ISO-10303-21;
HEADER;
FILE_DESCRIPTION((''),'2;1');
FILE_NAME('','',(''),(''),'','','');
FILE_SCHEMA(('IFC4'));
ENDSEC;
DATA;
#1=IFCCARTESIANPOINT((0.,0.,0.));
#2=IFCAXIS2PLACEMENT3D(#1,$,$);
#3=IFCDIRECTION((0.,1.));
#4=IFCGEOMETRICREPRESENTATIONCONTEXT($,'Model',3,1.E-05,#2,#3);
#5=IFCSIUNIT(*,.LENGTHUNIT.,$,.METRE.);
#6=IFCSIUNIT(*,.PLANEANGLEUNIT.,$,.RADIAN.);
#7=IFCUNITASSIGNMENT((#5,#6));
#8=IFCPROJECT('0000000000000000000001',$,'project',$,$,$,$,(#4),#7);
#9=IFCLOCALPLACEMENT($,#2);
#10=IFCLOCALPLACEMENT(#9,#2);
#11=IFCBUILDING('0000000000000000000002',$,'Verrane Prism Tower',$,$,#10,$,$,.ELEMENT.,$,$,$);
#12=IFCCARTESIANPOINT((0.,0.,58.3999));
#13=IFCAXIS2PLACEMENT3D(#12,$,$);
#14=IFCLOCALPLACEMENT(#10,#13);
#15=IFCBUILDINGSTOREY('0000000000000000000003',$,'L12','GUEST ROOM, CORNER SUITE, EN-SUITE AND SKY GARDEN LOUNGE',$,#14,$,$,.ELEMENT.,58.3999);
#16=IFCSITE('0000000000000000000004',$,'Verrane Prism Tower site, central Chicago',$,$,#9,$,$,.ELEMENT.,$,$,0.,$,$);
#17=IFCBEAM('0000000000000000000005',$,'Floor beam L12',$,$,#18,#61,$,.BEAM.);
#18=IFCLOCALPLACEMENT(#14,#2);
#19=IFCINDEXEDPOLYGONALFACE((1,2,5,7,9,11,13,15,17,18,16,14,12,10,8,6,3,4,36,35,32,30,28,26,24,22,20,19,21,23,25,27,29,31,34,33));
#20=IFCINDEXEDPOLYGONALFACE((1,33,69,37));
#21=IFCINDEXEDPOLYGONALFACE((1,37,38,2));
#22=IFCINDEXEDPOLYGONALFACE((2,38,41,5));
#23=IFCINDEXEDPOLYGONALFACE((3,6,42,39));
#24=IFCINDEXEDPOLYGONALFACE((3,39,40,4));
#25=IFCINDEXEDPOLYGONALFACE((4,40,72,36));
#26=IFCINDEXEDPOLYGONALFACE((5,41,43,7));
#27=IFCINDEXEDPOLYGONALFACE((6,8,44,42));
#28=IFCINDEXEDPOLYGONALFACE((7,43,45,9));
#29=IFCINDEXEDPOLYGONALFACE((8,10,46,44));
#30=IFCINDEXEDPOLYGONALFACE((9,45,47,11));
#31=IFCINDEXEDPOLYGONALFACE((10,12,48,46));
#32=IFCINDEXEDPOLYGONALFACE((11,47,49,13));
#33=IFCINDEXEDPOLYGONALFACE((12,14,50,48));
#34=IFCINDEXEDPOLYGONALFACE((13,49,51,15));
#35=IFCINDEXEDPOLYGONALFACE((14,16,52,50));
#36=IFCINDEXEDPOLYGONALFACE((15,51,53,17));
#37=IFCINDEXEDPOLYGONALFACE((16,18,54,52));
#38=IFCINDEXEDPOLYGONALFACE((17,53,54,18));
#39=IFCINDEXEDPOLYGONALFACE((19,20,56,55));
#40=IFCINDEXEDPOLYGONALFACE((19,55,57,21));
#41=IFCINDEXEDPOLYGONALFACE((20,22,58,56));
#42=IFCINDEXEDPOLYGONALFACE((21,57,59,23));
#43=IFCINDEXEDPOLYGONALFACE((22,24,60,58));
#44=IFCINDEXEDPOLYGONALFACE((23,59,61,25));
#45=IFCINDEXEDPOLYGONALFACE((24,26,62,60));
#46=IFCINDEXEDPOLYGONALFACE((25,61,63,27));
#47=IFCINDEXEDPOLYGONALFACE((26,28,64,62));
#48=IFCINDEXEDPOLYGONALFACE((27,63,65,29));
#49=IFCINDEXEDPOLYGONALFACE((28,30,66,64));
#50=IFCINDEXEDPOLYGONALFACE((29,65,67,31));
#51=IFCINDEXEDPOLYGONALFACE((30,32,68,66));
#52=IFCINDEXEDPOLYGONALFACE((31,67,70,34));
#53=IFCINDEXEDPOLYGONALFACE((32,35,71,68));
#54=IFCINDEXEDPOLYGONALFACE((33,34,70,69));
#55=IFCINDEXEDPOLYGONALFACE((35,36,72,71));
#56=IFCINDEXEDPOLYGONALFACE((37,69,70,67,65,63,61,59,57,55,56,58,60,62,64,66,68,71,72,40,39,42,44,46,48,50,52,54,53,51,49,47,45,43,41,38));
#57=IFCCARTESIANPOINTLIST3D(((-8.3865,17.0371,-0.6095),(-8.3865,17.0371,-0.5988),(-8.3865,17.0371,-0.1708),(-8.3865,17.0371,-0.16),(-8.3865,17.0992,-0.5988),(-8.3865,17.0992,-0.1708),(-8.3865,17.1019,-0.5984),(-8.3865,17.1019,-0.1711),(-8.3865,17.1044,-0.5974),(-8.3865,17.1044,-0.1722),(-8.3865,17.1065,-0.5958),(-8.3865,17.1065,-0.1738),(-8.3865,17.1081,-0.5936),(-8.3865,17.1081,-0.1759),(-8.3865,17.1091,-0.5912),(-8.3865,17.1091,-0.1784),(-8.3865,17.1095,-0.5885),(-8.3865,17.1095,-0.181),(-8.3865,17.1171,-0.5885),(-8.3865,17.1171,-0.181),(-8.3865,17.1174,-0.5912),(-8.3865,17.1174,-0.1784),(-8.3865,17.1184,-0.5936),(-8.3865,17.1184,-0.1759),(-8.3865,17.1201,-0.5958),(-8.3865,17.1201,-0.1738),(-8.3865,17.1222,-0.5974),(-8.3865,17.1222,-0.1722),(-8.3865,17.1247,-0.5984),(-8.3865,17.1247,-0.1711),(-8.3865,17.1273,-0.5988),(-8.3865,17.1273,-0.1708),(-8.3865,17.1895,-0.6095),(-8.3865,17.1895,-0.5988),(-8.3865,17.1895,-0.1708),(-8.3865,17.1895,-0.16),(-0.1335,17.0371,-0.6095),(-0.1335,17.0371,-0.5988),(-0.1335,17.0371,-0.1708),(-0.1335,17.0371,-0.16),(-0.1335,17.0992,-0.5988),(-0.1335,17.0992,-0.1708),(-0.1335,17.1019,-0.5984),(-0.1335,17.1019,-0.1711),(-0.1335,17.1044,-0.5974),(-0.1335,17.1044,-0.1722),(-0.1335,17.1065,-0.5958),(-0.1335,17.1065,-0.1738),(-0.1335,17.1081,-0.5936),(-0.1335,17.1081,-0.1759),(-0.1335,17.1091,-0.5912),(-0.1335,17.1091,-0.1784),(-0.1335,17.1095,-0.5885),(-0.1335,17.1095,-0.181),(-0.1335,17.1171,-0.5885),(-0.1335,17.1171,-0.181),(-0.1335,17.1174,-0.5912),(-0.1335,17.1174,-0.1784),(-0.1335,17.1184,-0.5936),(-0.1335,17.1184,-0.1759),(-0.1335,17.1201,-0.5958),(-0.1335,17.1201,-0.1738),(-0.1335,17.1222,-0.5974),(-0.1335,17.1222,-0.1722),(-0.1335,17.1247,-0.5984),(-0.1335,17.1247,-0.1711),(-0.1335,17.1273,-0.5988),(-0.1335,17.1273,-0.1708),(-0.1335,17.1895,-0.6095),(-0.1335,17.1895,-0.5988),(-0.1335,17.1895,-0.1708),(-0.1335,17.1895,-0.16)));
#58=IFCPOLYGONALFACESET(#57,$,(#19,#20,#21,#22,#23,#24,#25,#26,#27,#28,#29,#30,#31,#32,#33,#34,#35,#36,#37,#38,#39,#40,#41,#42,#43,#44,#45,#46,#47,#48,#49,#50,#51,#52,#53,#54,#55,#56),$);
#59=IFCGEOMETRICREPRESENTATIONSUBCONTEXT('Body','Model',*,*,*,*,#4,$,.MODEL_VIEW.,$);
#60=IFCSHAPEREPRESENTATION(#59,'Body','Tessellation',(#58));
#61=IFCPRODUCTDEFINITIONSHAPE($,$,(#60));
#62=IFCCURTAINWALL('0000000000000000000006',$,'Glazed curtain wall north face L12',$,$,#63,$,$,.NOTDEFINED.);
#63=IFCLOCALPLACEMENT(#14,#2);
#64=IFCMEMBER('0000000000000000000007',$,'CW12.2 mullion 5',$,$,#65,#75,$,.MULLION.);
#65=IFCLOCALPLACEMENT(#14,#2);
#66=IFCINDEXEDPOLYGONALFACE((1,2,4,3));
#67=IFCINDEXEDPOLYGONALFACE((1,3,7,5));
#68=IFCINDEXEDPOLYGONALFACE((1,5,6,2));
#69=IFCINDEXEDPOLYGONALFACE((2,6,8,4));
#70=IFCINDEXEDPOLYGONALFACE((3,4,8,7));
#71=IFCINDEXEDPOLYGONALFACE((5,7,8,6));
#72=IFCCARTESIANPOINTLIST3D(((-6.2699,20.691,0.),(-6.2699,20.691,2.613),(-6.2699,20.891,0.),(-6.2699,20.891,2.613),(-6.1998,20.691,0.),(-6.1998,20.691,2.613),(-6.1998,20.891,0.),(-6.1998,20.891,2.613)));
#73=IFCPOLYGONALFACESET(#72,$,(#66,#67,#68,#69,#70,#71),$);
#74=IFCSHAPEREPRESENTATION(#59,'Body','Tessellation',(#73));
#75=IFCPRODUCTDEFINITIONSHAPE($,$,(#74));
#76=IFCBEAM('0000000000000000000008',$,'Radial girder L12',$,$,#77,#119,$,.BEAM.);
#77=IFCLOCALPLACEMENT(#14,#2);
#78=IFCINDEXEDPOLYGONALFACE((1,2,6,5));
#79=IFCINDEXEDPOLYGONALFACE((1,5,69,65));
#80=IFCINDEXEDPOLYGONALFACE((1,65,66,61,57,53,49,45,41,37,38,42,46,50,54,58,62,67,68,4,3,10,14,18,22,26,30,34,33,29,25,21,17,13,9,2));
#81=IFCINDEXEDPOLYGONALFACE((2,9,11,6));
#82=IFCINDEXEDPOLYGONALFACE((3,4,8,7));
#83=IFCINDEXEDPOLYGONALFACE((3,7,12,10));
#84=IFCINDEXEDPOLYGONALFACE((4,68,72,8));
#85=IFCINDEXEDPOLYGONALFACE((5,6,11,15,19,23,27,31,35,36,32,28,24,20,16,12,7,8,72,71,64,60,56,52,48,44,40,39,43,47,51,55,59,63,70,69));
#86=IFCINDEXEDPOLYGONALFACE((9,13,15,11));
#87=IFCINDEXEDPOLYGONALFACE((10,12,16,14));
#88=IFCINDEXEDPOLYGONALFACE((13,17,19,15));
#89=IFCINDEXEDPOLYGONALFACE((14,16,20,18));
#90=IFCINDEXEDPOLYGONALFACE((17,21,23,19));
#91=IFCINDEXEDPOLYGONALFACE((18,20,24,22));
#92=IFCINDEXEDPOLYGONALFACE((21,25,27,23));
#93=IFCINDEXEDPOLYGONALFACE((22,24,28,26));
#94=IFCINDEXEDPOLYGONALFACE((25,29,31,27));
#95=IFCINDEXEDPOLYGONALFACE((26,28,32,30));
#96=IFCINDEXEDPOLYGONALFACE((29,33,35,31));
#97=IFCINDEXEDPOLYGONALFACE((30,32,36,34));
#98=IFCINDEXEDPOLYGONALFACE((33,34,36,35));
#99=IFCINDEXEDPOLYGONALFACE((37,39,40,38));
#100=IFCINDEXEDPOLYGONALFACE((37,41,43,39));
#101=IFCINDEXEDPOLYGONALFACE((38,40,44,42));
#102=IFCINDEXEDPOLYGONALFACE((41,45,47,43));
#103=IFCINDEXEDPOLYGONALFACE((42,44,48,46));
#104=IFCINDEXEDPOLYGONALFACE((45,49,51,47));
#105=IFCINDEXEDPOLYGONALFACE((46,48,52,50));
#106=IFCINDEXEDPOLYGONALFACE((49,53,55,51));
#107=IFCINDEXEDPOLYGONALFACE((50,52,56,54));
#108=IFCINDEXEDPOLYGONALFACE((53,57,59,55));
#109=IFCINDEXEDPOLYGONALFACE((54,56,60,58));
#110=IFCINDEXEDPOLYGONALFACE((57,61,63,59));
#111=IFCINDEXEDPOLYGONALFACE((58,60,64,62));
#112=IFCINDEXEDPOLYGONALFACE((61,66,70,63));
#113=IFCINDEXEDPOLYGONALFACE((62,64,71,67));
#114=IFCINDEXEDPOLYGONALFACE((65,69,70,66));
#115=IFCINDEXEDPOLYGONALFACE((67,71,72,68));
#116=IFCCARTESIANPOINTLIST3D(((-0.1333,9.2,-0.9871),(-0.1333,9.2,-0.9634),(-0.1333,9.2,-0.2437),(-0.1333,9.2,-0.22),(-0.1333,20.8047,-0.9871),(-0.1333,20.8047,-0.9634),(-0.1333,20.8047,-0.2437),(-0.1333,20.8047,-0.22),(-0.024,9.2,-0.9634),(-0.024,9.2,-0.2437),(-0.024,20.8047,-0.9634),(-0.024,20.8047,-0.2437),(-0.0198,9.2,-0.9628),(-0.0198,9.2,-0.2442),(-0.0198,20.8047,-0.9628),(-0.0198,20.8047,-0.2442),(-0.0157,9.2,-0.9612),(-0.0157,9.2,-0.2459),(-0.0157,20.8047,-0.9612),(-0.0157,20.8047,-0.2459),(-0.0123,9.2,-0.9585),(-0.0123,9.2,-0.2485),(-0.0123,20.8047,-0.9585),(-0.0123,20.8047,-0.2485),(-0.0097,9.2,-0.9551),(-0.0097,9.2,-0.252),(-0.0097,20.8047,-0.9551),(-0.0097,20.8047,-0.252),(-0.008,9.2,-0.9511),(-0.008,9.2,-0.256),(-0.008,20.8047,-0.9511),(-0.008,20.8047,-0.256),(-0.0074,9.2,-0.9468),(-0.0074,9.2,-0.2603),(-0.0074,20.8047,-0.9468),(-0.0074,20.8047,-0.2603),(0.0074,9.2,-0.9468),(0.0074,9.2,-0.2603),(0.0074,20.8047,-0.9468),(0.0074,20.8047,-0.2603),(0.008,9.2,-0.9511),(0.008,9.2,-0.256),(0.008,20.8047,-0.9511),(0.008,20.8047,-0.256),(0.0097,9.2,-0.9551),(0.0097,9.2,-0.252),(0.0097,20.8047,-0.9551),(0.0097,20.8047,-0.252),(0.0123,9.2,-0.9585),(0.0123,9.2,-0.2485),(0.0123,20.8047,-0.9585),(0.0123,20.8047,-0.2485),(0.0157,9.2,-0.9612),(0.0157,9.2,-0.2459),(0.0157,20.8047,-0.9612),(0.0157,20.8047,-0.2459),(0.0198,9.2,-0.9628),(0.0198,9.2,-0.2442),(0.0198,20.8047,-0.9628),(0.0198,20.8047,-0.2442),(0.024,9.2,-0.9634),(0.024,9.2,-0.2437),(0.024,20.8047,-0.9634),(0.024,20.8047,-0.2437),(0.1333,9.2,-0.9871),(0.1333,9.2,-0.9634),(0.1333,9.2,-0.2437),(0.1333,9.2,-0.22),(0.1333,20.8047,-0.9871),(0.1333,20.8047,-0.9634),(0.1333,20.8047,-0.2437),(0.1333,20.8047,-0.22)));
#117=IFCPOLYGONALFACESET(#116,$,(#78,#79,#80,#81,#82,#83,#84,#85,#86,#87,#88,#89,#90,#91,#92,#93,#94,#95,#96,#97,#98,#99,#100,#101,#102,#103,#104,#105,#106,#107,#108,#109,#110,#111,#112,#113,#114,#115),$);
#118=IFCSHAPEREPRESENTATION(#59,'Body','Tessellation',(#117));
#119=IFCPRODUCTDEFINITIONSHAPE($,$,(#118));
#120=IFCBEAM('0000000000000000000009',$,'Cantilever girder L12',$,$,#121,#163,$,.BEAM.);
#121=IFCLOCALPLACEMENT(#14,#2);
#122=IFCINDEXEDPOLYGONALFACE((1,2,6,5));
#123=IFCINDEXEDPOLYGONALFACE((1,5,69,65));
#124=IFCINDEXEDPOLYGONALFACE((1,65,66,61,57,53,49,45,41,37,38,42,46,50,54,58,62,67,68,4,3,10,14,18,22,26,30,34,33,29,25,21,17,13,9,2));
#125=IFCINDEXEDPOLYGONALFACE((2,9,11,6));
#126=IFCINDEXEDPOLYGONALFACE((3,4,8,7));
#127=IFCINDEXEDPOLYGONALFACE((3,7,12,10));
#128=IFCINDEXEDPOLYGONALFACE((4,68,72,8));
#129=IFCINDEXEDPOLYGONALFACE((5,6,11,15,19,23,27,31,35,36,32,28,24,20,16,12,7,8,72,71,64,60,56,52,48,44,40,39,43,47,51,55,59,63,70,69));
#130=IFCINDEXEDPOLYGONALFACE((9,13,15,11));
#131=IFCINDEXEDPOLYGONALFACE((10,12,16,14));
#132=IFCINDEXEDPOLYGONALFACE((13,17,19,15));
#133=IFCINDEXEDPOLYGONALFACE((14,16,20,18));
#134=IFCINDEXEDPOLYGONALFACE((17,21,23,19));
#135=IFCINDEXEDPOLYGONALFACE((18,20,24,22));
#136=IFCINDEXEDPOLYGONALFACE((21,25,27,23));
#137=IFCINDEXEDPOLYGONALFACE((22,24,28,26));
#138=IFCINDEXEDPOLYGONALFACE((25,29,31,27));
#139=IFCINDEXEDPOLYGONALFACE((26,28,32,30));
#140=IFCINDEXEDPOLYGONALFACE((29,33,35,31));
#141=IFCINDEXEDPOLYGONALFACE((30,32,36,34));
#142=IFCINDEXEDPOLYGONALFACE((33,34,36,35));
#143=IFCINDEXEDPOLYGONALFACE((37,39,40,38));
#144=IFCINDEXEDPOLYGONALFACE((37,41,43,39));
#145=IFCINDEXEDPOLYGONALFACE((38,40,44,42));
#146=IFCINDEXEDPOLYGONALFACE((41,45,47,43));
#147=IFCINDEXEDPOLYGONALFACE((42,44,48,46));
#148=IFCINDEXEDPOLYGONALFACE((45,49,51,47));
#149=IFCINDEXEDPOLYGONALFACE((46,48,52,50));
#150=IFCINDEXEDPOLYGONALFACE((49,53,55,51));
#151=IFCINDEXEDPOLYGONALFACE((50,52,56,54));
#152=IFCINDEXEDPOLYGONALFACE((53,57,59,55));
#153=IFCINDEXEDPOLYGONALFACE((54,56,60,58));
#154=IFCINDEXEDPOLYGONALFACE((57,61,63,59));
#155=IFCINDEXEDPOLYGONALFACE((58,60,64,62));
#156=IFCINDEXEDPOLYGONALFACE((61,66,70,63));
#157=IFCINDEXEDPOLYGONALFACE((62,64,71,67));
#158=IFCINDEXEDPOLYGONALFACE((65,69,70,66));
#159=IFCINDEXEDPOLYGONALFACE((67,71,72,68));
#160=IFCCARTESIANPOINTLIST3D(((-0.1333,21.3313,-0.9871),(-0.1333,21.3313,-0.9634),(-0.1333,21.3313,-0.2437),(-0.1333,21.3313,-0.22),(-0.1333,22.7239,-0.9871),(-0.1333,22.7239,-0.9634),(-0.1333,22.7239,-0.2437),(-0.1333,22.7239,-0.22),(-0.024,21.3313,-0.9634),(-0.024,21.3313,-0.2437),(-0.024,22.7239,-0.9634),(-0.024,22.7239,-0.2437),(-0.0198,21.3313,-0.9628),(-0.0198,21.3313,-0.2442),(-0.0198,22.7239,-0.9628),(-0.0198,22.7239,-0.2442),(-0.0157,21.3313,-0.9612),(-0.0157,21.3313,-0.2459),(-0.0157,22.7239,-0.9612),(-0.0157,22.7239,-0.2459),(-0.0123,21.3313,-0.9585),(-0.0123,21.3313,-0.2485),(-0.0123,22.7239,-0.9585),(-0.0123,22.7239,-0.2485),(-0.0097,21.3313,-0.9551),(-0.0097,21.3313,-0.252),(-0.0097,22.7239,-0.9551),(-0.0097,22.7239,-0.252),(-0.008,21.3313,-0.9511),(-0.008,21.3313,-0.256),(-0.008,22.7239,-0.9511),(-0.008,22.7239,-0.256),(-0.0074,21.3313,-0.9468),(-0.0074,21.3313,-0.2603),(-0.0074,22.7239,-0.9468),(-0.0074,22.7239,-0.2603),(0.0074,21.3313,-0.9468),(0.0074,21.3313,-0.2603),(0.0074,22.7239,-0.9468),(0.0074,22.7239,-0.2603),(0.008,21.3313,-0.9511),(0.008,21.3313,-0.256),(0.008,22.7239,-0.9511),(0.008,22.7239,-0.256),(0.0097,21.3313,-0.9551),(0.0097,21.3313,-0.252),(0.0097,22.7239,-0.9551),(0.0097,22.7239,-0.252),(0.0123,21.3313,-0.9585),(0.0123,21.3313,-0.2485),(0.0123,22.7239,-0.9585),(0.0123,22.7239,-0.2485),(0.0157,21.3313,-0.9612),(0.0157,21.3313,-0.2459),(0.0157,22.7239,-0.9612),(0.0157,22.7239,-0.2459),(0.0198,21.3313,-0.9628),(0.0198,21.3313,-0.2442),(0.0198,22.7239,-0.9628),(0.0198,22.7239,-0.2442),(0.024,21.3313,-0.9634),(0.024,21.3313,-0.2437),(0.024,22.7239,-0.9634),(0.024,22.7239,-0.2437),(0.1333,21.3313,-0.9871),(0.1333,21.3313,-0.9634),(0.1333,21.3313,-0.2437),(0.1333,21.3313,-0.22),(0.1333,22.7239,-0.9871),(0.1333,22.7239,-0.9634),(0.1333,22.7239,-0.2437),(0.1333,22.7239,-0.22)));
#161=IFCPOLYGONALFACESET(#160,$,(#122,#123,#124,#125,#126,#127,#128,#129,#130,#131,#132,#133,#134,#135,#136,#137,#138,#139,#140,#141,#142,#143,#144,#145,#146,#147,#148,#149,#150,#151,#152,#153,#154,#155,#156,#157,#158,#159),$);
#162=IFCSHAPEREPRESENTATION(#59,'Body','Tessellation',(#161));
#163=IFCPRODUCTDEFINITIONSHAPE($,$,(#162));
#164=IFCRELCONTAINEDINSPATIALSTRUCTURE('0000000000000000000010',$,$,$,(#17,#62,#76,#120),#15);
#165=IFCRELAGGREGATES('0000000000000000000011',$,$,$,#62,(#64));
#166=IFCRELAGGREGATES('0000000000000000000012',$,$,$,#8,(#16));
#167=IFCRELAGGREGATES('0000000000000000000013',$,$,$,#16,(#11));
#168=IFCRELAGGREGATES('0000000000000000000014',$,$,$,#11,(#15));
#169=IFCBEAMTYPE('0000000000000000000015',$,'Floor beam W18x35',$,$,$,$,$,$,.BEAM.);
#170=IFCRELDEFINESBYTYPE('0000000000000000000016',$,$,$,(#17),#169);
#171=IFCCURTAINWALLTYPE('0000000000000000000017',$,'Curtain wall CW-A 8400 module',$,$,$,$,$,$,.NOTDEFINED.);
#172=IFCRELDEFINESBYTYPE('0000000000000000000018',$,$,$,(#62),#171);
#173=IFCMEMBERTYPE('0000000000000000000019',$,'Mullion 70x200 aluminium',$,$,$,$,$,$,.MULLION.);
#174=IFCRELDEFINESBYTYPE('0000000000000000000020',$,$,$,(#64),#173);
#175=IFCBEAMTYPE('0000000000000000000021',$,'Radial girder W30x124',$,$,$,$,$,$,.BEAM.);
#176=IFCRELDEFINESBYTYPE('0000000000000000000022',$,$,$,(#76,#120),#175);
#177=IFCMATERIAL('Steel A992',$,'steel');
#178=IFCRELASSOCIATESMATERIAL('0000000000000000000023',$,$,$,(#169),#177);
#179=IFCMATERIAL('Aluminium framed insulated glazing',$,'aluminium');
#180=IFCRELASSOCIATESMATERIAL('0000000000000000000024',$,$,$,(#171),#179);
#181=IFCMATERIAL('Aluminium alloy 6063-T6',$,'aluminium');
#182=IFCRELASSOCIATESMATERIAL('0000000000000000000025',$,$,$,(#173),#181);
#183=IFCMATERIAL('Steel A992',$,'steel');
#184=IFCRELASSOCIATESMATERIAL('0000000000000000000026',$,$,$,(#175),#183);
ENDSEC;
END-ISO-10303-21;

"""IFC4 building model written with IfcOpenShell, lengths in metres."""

from ifc_helpers import new_model, si_unit, direction, frame, origin, origin_2d, place, context, subcontext, project, spatial, rectangle, i_section, extrude, material, material_profile, profile_set, type_object, element, aggregate, save


model = new_model("IFC4")

# Units and contexts
model_context = context("Model", 3, precision=1e-05, world=origin(), true_north=direction((0.0, 1.0)))
body_context = subcontext(model_context, "Body", "Model", "MODEL_VIEW")
ifc_project = project(units=[si_unit("LENGTHUNIT", "METRE"), si_unit("PLANEANGLEUNIT", "RADIAN")], contexts=[model_context])

# Site, building, storey
site_placement = place(None, origin())
site = spatial("IfcSite", under=ifc_project, at=site_placement, Name="Verrane Prism Tower site, central Chicago", CompositionType="ELEMENT", RefElevation=0.0)
building_placement = place(site_placement, origin())
building = spatial("IfcBuilding", under=site, at=building_placement, Name="Verrane Prism Tower", CompositionType="ELEMENT")
storey_placement = place(building_placement, frame((0.0, 0.0, 58.3999)))
storey = spatial("IfcBuildingStorey", under=building, at=storey_placement, Name="L12", Description="GUEST ROOM, CORNER SUITE, EN-SUITE AND SKY GARDEN LOUNGE", CompositionType="ELEMENT", Elevation=58.3999)

# Beam
ifc_material_1 = material(Name="Steel A992", Category="steel")
ifc_material_profile_1 = material_profile(ifc_material_1, i_section(OverallWidth=0.1523, OverallDepth=0.4495, WebThickness=0.0076, FlangeThickness=0.0107, FilletRadius=0.0103, at=origin_2d()), Name="W18x35")
ifc_profile_set_1 = profile_set([ifc_material_profile_1], Name="Steel A992")
beam_type_1 = type_object("IfcBeamType", Name="Floor beam W18x35", PredefinedType="BEAM", material=ifc_profile_set_1)
beam_1_placement = place(storey_placement, frame((-8.3865, 17.1133, -0.3848), z_axis=(1.0, 0.0, 0.0), x_axis=(0.0, 1.0, 0.0)))
element("IfcBeam", 1, at=beam_1_placement, inside=storey, type_object=beam_type_1, Name="Floor beam L12", PredefinedType="BEAM", context=body_context, shape_type="SweptSolid", body=[
    extrude(i_section(OverallWidth=0.1523, OverallDepth=0.4495, WebThickness=0.0076, FlangeThickness=0.0107, FilletRadius=0.0103, at=origin_2d()), origin(), (0.0, 0.0, 1.0), 8.2529),
])

# Curtain wall, member
ifc_material_2 = material(Name="Aluminium framed insulated glazing", Category="aluminium")
curtain_wall_type = type_object("IfcCurtainWallType", Name="Curtain wall CW-A 8400 module", PredefinedType="NOTDEFINED", material=ifc_material_2)
curtain_wall_placement = place(storey_placement, origin())
curtain_wall = element("IfcCurtainWall", 2, at=curtain_wall_placement, inside=storey, type_object=curtain_wall_type, Name="Glazed curtain wall north face L12", PredefinedType="NOTDEFINED")
ifc_material_3 = material(Name="Aluminium alloy 6063-T6", Category="aluminium")
ifc_material_profile_2 = material_profile(ifc_material_3, rectangle(XDim=0.2, YDim=0.0701, at=origin_2d()), Name="Mullion 70x200 aluminium")
ifc_profile_set_2 = profile_set([ifc_material_profile_2], Name="Aluminium alloy 6063-T6")
member_type_1 = type_object("IfcMemberType", Name="Mullion 70x200 aluminium", PredefinedType="MULLION", material=ifc_profile_set_2)
member_1_placement = place(storey_placement, frame((-6.2349, 20.791, 0.0), z_axis=(0.0, 0.0, 1.0), x_axis=(0.0, -1.0, 0.0)))
member_1 = element("IfcMember", 3, at=member_1_placement, type_object=member_type_1, Name="CW12.2 mullion 5", PredefinedType="MULLION", context=body_context, shape_type="SweptSolid", body=[
    extrude(rectangle(XDim=0.2, YDim=0.0701, at=origin_2d()), origin(), (0.0, 0.0, 1.0), 2.613),
])

# Beams
ifc_material_4 = material(Name="Steel A992", Category="steel")
ifc_material_profile_3 = material_profile(ifc_material_4, i_section(OverallWidth=0.2666, OverallDepth=0.7671, WebThickness=0.0149, FlangeThickness=0.0237, FilletRadius=0.0166, at=origin_2d()), Name="W30x124")
ifc_profile_set_3 = profile_set([ifc_material_profile_3], Name="Steel A992")
beam_type_2 = type_object("IfcBeamType", Name="Radial girder W30x124", PredefinedType="BEAM", material=ifc_profile_set_3)
beam_2_placement = place(storey_placement, frame((0.0, 20.8047, -0.6035), z_axis=(0.0, -1.0, 0.0), x_axis=(1.0, 0.0, 0.0)))
element("IfcBeam", 4, at=beam_2_placement, inside=storey, type_object=beam_type_2, Name="Radial girder L12", PredefinedType="BEAM", context=body_context, shape_type="SweptSolid", body=[
    extrude(i_section(OverallWidth=0.2666, OverallDepth=0.7671, WebThickness=0.0149, FlangeThickness=0.0237, FilletRadius=0.0166, at=origin_2d()), origin(), (0.0, 0.0, 1.0), 11.6047),
])
beam_3_placement = place(storey_placement, frame((0.0, 21.3313, -0.6035), z_axis=(0.0, 1.0, 0.0), x_axis=(-1.0, 0.0, 0.0)))
element("IfcBeam", 5, at=beam_3_placement, inside=storey, type_object=beam_type_2, Name="Cantilever girder L12", PredefinedType="BEAM", context=body_context, shape_type="SweptSolid", body=[
    extrude(i_section(OverallWidth=0.2666, OverallDepth=0.7671, WebThickness=0.0149, FlangeThickness=0.0237, FilletRadius=0.0166, at=origin_2d()), origin(), (0.0, 0.0, 1.0), 1.3926),
])

aggregate(curtain_wall, [member_1])

save(model, "model.ifc")
